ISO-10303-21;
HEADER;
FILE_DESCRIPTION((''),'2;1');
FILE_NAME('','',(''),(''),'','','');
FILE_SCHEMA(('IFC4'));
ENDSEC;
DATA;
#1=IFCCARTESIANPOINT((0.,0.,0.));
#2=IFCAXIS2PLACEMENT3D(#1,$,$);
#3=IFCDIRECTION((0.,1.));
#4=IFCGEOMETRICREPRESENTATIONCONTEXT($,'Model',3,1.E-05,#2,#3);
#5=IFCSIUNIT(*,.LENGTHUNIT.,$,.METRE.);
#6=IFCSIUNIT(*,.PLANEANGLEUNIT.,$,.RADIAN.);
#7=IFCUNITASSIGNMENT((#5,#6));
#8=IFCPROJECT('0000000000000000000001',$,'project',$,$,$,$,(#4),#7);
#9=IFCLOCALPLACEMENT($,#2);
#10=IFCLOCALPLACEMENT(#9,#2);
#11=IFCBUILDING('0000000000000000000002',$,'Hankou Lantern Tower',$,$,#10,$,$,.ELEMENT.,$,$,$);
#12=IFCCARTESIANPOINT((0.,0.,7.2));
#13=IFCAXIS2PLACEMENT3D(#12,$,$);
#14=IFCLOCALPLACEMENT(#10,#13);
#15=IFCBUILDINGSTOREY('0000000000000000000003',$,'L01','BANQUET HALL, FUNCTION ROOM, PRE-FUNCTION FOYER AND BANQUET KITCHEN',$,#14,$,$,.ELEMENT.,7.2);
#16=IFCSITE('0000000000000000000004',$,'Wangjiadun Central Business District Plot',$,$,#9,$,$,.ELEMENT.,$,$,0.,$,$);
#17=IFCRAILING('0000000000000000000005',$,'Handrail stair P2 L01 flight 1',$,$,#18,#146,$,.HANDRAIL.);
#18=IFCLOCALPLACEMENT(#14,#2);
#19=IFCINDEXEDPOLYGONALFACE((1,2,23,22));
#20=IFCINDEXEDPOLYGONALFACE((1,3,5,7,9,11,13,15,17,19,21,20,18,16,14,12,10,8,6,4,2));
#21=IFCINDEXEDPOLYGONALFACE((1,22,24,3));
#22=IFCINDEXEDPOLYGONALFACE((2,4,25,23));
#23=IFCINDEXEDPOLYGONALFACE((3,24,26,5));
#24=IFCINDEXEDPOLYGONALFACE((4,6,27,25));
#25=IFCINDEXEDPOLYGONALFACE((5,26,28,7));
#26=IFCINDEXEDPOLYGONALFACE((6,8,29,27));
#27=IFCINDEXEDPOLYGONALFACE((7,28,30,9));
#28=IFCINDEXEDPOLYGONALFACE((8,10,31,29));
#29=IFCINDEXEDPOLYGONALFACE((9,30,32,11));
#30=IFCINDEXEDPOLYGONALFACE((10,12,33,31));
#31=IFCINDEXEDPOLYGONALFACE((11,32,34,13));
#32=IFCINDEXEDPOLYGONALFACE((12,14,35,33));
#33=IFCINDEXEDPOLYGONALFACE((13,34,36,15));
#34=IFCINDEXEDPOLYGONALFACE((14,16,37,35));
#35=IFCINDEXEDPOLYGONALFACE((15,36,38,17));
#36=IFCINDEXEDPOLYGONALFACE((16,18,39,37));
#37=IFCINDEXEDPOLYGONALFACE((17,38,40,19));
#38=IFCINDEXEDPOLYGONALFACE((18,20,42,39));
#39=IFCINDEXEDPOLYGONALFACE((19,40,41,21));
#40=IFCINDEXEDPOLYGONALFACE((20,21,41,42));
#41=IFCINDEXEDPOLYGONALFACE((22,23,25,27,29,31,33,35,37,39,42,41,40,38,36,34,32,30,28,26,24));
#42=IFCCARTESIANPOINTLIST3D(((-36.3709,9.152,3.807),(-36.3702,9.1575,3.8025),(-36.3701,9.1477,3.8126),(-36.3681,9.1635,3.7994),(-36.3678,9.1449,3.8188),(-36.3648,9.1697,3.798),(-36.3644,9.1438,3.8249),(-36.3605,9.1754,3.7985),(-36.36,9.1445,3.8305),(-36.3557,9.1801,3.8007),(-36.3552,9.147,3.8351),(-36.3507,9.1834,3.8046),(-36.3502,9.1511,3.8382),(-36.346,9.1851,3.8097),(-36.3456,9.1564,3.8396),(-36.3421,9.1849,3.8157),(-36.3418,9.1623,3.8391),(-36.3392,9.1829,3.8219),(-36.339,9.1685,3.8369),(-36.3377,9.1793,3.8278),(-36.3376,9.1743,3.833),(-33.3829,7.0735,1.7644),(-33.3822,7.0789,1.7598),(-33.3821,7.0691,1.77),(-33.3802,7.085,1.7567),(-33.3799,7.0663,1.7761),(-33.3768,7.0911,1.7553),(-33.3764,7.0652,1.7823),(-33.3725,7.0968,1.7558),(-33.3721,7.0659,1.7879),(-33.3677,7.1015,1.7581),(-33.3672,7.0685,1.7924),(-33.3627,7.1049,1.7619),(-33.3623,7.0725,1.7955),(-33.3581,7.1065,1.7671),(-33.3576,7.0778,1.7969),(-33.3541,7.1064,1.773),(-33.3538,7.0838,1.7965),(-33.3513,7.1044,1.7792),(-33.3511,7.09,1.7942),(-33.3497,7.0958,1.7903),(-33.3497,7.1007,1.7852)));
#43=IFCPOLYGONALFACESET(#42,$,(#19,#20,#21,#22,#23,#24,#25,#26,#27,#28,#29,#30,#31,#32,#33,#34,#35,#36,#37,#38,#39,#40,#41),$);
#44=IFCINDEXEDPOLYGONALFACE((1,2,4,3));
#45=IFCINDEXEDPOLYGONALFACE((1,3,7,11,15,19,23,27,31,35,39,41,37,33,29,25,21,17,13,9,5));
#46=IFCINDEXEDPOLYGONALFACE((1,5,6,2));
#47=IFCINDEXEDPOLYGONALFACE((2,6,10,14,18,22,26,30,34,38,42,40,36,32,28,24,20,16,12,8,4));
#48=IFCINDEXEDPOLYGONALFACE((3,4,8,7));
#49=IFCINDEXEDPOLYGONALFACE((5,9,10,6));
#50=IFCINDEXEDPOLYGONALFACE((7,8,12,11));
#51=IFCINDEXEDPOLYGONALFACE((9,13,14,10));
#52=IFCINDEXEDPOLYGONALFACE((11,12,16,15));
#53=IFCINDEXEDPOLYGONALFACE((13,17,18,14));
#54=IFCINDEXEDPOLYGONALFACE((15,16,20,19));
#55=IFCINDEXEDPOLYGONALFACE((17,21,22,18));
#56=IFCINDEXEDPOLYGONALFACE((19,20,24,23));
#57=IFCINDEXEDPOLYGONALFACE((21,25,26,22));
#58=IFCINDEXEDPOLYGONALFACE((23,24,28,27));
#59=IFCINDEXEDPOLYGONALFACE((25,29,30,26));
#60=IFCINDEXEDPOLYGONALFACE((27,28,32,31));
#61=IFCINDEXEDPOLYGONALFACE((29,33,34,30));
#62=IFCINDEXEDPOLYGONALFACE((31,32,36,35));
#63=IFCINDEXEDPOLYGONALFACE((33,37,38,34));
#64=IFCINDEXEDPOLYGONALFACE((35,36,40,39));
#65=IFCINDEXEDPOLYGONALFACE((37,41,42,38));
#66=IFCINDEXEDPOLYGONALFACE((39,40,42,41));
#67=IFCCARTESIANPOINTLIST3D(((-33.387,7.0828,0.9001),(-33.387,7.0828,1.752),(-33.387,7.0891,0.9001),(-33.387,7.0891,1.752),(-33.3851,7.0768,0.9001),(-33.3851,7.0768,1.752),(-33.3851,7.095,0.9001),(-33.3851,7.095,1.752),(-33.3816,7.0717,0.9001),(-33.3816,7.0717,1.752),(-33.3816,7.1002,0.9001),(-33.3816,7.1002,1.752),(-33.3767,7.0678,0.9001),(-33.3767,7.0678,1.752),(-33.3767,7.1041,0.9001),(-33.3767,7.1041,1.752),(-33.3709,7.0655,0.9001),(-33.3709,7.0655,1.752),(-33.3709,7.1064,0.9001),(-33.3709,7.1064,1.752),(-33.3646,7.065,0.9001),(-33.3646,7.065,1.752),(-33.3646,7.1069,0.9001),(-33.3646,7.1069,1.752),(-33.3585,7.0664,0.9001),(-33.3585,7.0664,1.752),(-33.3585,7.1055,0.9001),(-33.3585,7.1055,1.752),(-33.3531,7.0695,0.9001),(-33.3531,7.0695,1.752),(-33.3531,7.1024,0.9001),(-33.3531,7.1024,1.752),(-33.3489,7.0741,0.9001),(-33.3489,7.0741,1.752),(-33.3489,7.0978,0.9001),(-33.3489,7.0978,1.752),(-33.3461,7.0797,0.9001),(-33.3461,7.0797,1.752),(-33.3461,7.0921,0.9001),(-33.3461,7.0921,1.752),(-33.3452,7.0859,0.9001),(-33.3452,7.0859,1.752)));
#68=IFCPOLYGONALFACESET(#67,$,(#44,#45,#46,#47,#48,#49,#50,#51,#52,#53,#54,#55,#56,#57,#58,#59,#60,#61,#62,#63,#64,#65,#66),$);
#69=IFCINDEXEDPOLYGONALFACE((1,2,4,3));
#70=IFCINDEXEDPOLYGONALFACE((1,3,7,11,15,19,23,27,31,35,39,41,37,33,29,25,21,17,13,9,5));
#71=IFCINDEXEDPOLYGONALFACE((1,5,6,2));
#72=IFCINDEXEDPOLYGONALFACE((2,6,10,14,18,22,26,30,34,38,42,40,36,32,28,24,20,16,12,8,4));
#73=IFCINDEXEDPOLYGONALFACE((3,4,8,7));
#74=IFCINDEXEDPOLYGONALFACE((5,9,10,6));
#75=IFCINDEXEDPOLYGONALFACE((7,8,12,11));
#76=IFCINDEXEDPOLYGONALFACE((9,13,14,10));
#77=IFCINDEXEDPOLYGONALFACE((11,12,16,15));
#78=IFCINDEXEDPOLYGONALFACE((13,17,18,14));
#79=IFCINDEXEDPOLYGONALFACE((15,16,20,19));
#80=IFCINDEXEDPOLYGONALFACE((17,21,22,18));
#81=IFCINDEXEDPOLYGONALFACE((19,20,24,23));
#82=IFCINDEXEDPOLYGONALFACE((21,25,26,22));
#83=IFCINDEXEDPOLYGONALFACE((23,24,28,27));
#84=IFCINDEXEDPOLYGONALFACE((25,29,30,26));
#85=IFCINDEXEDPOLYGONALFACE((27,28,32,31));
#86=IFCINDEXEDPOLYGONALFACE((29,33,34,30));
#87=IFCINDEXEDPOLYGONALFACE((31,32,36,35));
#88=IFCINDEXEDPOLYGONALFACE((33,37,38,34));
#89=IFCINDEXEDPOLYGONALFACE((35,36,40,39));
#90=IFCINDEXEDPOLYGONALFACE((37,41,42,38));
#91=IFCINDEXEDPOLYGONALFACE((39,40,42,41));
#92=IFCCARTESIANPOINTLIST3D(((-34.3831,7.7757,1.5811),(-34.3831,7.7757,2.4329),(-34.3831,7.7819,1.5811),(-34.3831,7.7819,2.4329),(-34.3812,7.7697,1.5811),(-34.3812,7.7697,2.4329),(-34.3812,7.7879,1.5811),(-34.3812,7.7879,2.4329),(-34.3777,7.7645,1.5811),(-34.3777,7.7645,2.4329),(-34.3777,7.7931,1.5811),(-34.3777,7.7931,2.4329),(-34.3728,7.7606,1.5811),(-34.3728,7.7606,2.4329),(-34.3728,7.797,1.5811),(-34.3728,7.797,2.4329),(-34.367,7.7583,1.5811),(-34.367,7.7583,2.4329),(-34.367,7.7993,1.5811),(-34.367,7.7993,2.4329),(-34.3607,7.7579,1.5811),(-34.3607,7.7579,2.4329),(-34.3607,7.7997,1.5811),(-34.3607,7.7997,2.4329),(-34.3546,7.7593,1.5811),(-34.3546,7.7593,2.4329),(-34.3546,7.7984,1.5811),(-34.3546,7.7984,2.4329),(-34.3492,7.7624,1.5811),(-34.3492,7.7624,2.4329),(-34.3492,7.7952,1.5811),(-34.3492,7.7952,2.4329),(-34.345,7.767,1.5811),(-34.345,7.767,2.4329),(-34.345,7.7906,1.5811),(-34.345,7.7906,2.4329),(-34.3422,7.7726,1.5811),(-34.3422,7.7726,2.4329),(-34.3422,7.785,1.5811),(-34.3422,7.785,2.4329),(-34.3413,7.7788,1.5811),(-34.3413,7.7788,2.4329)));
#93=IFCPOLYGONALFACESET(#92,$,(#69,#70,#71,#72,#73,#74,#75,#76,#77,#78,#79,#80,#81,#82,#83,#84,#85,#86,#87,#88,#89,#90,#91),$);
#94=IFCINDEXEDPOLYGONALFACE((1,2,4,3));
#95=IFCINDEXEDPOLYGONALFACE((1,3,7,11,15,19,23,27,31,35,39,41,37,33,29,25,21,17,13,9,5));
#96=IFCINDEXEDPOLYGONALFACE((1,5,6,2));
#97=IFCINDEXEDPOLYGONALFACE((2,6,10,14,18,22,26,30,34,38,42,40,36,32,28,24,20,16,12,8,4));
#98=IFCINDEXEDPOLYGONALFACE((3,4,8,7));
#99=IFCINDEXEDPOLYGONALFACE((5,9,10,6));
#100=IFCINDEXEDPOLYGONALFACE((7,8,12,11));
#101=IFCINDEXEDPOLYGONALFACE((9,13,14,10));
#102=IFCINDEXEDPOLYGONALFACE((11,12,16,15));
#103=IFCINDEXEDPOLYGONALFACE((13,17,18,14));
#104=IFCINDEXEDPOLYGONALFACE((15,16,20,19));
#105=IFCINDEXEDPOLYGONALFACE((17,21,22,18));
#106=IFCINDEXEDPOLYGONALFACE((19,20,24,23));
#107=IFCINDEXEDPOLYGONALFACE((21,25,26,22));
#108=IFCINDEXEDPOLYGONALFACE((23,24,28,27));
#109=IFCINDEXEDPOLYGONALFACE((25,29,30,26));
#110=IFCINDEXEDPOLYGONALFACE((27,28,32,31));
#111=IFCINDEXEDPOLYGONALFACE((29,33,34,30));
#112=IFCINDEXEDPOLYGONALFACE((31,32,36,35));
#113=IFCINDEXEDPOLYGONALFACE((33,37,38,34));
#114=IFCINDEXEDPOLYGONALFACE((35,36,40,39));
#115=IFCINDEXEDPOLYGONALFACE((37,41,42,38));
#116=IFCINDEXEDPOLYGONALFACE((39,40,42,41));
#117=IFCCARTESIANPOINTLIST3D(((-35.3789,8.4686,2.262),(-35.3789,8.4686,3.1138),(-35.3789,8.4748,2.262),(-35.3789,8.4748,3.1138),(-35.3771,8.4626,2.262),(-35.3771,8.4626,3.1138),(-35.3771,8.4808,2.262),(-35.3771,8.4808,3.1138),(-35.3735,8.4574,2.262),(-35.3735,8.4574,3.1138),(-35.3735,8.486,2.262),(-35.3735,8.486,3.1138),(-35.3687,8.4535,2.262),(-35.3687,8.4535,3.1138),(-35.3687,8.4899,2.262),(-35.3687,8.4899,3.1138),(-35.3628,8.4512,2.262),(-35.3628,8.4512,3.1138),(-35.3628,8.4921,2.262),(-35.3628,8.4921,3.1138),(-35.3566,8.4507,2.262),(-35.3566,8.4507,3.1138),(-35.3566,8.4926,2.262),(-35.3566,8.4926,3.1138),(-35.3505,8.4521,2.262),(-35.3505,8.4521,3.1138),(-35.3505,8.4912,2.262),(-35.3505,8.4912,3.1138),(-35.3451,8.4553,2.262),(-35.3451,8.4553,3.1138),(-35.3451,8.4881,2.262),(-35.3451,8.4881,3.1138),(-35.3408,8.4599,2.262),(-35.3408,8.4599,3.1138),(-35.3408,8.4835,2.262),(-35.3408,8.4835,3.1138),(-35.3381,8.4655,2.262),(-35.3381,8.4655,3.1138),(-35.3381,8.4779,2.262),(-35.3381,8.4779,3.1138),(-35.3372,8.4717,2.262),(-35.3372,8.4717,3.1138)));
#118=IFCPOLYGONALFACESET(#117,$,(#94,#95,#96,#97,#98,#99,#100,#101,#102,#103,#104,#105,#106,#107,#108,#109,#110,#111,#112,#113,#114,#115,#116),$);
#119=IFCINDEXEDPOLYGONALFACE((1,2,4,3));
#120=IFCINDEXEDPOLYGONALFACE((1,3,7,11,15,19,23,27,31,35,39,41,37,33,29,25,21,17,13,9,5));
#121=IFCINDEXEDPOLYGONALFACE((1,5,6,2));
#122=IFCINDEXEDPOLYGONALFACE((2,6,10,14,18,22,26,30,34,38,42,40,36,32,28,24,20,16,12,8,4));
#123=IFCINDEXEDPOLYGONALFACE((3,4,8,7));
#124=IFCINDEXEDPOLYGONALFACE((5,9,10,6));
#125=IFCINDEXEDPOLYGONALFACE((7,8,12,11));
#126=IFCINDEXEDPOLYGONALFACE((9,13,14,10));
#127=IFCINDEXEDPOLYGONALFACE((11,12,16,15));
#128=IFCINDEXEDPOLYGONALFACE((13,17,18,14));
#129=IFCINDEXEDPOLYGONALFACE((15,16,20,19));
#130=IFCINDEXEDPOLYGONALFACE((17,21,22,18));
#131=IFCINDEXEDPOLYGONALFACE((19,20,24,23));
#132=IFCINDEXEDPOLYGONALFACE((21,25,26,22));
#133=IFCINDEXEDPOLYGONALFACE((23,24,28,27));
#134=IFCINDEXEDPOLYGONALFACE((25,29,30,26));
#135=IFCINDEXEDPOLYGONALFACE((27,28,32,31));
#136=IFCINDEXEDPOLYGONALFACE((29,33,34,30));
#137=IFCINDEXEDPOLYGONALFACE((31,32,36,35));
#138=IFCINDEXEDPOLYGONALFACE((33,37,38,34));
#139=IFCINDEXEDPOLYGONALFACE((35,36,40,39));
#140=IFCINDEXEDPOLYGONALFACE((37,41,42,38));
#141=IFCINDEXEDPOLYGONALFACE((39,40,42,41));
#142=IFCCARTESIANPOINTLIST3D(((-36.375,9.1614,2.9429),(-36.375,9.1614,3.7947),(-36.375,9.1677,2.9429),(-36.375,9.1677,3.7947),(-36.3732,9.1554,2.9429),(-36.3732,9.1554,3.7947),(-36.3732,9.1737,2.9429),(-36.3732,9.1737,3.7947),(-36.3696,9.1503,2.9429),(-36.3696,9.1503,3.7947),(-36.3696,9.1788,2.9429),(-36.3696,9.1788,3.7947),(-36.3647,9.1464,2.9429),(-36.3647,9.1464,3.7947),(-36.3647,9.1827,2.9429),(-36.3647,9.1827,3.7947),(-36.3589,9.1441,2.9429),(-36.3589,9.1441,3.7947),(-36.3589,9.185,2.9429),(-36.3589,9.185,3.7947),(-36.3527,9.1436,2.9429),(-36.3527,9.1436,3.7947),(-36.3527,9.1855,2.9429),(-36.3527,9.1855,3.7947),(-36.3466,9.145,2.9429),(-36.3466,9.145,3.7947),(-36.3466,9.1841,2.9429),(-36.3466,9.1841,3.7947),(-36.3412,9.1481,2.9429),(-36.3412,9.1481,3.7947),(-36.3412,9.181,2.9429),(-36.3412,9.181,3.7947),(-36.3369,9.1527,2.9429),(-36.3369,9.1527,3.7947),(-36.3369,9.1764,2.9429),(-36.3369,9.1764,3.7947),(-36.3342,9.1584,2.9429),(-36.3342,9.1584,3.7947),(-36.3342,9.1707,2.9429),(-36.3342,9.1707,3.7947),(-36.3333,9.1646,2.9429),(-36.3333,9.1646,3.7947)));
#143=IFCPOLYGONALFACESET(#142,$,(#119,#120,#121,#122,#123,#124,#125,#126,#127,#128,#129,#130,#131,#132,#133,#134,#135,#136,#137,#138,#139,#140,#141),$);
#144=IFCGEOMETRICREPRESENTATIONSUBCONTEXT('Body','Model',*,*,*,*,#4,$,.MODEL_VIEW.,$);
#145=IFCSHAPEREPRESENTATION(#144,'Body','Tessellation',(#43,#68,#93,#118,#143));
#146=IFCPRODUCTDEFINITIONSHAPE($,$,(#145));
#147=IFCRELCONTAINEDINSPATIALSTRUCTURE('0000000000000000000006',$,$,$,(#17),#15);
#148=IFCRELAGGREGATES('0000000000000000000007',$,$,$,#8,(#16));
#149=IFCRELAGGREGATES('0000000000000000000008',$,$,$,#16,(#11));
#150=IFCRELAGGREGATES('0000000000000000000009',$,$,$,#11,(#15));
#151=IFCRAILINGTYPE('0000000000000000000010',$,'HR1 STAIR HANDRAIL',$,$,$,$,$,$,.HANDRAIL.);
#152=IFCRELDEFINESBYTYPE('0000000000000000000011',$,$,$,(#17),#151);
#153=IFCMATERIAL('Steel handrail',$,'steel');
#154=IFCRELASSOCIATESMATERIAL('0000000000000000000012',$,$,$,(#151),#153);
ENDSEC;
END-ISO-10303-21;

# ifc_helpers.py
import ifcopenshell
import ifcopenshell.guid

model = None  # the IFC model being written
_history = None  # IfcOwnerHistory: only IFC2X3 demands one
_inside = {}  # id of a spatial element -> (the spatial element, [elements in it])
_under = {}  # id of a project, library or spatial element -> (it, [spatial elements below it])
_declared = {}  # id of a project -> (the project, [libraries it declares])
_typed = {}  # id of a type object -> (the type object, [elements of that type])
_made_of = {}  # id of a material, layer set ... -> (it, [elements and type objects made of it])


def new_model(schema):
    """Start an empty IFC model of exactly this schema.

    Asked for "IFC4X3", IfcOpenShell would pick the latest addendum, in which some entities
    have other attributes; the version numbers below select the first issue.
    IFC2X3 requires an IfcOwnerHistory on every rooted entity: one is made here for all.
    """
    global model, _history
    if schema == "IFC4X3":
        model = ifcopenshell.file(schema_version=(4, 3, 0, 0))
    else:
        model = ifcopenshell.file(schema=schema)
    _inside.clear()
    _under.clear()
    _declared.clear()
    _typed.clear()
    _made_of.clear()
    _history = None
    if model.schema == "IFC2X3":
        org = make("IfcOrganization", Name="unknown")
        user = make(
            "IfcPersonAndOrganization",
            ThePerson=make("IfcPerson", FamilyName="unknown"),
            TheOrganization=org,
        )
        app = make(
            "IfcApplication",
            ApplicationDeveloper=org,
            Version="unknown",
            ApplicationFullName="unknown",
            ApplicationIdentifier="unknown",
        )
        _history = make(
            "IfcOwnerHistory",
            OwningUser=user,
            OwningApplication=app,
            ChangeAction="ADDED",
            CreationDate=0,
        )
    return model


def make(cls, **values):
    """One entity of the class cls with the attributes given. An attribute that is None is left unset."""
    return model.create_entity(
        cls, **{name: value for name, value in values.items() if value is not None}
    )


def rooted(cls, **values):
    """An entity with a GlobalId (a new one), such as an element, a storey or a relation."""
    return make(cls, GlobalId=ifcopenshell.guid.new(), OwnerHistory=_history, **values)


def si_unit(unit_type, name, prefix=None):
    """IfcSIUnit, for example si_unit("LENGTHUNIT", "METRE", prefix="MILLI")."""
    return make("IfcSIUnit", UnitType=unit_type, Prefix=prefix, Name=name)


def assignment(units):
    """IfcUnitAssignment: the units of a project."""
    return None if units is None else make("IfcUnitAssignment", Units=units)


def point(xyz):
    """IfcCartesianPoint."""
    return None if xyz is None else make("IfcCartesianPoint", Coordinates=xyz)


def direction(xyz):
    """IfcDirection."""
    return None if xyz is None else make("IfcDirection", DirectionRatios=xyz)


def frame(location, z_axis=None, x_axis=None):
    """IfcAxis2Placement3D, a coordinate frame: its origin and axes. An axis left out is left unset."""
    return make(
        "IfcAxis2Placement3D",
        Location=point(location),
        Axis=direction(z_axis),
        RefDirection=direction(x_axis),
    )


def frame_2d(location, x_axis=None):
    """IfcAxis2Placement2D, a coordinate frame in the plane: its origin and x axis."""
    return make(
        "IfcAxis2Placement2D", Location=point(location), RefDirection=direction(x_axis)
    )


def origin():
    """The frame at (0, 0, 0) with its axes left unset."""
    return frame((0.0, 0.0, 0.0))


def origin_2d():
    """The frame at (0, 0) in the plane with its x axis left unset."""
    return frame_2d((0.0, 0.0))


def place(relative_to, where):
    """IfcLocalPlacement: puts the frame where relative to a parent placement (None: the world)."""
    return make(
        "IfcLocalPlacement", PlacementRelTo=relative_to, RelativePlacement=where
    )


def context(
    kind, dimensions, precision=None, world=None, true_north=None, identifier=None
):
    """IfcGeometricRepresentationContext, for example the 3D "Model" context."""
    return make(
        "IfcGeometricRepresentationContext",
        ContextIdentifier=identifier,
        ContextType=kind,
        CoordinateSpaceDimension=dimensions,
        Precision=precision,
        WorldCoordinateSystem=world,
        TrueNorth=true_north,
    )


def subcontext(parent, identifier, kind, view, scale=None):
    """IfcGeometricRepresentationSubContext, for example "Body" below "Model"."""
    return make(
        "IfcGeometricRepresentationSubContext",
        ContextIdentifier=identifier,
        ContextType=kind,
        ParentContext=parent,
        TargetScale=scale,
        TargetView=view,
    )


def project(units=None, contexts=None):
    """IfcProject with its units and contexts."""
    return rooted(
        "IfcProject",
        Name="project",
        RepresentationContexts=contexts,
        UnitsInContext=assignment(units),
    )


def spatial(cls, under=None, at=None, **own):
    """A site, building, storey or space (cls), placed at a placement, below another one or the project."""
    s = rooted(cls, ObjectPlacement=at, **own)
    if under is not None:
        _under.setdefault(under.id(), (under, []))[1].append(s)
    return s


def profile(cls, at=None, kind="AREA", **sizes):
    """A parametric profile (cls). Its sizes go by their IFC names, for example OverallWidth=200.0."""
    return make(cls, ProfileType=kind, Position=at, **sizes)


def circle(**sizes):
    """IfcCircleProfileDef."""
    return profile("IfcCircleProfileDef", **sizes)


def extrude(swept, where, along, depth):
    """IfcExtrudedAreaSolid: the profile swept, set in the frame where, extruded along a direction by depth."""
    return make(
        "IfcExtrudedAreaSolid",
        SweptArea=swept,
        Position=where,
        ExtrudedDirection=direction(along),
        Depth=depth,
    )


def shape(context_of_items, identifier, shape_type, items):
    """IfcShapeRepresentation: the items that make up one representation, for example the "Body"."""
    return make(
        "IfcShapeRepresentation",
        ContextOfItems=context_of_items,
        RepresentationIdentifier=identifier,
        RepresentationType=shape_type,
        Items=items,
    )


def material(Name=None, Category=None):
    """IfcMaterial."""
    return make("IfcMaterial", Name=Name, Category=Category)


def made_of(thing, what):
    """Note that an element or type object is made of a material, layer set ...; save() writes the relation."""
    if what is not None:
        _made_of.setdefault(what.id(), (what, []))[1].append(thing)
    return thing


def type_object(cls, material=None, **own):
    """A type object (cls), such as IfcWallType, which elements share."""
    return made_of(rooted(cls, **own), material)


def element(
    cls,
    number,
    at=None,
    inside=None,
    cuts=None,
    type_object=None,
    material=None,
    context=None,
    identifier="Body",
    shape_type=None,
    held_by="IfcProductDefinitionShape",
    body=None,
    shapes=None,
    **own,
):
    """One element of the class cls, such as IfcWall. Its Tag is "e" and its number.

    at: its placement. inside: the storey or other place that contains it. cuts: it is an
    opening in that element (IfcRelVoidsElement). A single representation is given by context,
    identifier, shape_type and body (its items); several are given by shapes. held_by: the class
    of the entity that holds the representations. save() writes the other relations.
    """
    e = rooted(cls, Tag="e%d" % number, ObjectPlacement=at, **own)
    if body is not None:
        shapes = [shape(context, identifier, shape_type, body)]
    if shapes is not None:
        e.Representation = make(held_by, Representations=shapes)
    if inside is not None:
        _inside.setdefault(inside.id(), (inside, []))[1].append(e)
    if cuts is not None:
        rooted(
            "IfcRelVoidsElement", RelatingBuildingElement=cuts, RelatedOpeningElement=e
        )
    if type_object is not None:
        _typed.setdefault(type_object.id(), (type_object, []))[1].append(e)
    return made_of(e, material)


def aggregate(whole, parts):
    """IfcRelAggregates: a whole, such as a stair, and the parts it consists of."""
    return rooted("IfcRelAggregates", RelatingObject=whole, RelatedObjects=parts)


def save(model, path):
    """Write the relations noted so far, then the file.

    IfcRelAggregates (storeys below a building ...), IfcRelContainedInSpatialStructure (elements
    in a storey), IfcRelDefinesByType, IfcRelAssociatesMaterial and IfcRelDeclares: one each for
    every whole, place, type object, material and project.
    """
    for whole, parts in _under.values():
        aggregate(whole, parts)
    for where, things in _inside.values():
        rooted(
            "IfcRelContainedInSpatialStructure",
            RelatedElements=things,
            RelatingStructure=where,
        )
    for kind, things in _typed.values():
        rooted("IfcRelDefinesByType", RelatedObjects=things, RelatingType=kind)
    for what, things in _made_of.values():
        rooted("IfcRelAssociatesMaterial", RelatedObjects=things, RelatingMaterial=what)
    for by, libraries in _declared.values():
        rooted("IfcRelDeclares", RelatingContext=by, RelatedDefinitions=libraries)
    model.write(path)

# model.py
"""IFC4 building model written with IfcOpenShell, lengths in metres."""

from ifc_helpers import new_model, si_unit, direction, frame, origin, origin_2d, place, context, subcontext, project, spatial, circle, extrude, material, type_object, element, save


model = new_model("IFC4")

# Units and contexts
model_context = context("Model", 3, precision=1e-05, world=origin(), true_north=direction((0.0, 1.0)))
body_context = subcontext(model_context, "Body", "Model", "MODEL_VIEW")
ifc_project = project(units=[si_unit("LENGTHUNIT", "METRE"), si_unit("PLANEANGLEUNIT", "RADIAN")], contexts=[model_context])

# Site, building, storey
site_placement = place(None, origin())
site = spatial("IfcSite", under=ifc_project, at=site_placement, Name="Wangjiadun Central Business District Plot", CompositionType="ELEMENT", RefElevation=0.0)
building_placement = place(site_placement, origin())
building = spatial("IfcBuilding", under=site, at=building_placement, Name="Hankou Lantern Tower", CompositionType="ELEMENT")
storey_placement = place(building_placement, frame((0.0, 0.0, 7.2)))
storey = spatial("IfcBuildingStorey", under=building, at=storey_placement, Name="L01", Description="BANQUET HALL, FUNCTION ROOM, PRE-FUNCTION FOYER AND BANQUET KITCHEN", CompositionType="ELEMENT", Elevation=7.2)

# Railing
ifc_material_1 = material(Name="Steel handrail", Category="steel")
railing_type = type_object("IfcRailingType", Name="HR1 STAIR HANDRAIL", PredefinedType="HANDRAIL", material=ifc_material_1)
railing_1_placement = place(storey_placement, frame((-33.3662, 7.0859, 0.9001)))
element("IfcRailing", 1, at=railing_1_placement, inside=storey, type_object=railing_type, Name="Handrail stair P2 L01 flight 1", PredefinedType="HANDRAIL", context=body_context, shape_type="SweptSolid", body=[
    extrude(circle(Radius=0.0239, at=origin_2d()), frame((0.0, 0.0, 0.876), z_axis=(-0.71588, 0.497999, 0.4894), x_axis=(-0.571061, -0.820908, 0.0)), (0.0, 0.0, 1.0), 4.1738),
    extrude(circle(Radius=0.021, at=origin_2d()), origin(), (0.0, 0.0, 1.0), 0.8518),
    extrude(circle(Radius=0.021, at=origin_2d()), frame((-0.9961, 0.6929, 0.6809)), (0.0, 0.0, 1.0), 0.8518),
    extrude(circle(Radius=0.021, at=origin_2d()), frame((-1.9919, 1.3857, 1.3618)), (0.0, 0.0, 1.0), 0.8518),
    extrude(circle(Radius=0.021, at=origin_2d()), frame((-2.988, 2.0786, 2.0427)), (0.0, 0.0, 1.0), 0.8518),
])

save(model, "model.ifc")
